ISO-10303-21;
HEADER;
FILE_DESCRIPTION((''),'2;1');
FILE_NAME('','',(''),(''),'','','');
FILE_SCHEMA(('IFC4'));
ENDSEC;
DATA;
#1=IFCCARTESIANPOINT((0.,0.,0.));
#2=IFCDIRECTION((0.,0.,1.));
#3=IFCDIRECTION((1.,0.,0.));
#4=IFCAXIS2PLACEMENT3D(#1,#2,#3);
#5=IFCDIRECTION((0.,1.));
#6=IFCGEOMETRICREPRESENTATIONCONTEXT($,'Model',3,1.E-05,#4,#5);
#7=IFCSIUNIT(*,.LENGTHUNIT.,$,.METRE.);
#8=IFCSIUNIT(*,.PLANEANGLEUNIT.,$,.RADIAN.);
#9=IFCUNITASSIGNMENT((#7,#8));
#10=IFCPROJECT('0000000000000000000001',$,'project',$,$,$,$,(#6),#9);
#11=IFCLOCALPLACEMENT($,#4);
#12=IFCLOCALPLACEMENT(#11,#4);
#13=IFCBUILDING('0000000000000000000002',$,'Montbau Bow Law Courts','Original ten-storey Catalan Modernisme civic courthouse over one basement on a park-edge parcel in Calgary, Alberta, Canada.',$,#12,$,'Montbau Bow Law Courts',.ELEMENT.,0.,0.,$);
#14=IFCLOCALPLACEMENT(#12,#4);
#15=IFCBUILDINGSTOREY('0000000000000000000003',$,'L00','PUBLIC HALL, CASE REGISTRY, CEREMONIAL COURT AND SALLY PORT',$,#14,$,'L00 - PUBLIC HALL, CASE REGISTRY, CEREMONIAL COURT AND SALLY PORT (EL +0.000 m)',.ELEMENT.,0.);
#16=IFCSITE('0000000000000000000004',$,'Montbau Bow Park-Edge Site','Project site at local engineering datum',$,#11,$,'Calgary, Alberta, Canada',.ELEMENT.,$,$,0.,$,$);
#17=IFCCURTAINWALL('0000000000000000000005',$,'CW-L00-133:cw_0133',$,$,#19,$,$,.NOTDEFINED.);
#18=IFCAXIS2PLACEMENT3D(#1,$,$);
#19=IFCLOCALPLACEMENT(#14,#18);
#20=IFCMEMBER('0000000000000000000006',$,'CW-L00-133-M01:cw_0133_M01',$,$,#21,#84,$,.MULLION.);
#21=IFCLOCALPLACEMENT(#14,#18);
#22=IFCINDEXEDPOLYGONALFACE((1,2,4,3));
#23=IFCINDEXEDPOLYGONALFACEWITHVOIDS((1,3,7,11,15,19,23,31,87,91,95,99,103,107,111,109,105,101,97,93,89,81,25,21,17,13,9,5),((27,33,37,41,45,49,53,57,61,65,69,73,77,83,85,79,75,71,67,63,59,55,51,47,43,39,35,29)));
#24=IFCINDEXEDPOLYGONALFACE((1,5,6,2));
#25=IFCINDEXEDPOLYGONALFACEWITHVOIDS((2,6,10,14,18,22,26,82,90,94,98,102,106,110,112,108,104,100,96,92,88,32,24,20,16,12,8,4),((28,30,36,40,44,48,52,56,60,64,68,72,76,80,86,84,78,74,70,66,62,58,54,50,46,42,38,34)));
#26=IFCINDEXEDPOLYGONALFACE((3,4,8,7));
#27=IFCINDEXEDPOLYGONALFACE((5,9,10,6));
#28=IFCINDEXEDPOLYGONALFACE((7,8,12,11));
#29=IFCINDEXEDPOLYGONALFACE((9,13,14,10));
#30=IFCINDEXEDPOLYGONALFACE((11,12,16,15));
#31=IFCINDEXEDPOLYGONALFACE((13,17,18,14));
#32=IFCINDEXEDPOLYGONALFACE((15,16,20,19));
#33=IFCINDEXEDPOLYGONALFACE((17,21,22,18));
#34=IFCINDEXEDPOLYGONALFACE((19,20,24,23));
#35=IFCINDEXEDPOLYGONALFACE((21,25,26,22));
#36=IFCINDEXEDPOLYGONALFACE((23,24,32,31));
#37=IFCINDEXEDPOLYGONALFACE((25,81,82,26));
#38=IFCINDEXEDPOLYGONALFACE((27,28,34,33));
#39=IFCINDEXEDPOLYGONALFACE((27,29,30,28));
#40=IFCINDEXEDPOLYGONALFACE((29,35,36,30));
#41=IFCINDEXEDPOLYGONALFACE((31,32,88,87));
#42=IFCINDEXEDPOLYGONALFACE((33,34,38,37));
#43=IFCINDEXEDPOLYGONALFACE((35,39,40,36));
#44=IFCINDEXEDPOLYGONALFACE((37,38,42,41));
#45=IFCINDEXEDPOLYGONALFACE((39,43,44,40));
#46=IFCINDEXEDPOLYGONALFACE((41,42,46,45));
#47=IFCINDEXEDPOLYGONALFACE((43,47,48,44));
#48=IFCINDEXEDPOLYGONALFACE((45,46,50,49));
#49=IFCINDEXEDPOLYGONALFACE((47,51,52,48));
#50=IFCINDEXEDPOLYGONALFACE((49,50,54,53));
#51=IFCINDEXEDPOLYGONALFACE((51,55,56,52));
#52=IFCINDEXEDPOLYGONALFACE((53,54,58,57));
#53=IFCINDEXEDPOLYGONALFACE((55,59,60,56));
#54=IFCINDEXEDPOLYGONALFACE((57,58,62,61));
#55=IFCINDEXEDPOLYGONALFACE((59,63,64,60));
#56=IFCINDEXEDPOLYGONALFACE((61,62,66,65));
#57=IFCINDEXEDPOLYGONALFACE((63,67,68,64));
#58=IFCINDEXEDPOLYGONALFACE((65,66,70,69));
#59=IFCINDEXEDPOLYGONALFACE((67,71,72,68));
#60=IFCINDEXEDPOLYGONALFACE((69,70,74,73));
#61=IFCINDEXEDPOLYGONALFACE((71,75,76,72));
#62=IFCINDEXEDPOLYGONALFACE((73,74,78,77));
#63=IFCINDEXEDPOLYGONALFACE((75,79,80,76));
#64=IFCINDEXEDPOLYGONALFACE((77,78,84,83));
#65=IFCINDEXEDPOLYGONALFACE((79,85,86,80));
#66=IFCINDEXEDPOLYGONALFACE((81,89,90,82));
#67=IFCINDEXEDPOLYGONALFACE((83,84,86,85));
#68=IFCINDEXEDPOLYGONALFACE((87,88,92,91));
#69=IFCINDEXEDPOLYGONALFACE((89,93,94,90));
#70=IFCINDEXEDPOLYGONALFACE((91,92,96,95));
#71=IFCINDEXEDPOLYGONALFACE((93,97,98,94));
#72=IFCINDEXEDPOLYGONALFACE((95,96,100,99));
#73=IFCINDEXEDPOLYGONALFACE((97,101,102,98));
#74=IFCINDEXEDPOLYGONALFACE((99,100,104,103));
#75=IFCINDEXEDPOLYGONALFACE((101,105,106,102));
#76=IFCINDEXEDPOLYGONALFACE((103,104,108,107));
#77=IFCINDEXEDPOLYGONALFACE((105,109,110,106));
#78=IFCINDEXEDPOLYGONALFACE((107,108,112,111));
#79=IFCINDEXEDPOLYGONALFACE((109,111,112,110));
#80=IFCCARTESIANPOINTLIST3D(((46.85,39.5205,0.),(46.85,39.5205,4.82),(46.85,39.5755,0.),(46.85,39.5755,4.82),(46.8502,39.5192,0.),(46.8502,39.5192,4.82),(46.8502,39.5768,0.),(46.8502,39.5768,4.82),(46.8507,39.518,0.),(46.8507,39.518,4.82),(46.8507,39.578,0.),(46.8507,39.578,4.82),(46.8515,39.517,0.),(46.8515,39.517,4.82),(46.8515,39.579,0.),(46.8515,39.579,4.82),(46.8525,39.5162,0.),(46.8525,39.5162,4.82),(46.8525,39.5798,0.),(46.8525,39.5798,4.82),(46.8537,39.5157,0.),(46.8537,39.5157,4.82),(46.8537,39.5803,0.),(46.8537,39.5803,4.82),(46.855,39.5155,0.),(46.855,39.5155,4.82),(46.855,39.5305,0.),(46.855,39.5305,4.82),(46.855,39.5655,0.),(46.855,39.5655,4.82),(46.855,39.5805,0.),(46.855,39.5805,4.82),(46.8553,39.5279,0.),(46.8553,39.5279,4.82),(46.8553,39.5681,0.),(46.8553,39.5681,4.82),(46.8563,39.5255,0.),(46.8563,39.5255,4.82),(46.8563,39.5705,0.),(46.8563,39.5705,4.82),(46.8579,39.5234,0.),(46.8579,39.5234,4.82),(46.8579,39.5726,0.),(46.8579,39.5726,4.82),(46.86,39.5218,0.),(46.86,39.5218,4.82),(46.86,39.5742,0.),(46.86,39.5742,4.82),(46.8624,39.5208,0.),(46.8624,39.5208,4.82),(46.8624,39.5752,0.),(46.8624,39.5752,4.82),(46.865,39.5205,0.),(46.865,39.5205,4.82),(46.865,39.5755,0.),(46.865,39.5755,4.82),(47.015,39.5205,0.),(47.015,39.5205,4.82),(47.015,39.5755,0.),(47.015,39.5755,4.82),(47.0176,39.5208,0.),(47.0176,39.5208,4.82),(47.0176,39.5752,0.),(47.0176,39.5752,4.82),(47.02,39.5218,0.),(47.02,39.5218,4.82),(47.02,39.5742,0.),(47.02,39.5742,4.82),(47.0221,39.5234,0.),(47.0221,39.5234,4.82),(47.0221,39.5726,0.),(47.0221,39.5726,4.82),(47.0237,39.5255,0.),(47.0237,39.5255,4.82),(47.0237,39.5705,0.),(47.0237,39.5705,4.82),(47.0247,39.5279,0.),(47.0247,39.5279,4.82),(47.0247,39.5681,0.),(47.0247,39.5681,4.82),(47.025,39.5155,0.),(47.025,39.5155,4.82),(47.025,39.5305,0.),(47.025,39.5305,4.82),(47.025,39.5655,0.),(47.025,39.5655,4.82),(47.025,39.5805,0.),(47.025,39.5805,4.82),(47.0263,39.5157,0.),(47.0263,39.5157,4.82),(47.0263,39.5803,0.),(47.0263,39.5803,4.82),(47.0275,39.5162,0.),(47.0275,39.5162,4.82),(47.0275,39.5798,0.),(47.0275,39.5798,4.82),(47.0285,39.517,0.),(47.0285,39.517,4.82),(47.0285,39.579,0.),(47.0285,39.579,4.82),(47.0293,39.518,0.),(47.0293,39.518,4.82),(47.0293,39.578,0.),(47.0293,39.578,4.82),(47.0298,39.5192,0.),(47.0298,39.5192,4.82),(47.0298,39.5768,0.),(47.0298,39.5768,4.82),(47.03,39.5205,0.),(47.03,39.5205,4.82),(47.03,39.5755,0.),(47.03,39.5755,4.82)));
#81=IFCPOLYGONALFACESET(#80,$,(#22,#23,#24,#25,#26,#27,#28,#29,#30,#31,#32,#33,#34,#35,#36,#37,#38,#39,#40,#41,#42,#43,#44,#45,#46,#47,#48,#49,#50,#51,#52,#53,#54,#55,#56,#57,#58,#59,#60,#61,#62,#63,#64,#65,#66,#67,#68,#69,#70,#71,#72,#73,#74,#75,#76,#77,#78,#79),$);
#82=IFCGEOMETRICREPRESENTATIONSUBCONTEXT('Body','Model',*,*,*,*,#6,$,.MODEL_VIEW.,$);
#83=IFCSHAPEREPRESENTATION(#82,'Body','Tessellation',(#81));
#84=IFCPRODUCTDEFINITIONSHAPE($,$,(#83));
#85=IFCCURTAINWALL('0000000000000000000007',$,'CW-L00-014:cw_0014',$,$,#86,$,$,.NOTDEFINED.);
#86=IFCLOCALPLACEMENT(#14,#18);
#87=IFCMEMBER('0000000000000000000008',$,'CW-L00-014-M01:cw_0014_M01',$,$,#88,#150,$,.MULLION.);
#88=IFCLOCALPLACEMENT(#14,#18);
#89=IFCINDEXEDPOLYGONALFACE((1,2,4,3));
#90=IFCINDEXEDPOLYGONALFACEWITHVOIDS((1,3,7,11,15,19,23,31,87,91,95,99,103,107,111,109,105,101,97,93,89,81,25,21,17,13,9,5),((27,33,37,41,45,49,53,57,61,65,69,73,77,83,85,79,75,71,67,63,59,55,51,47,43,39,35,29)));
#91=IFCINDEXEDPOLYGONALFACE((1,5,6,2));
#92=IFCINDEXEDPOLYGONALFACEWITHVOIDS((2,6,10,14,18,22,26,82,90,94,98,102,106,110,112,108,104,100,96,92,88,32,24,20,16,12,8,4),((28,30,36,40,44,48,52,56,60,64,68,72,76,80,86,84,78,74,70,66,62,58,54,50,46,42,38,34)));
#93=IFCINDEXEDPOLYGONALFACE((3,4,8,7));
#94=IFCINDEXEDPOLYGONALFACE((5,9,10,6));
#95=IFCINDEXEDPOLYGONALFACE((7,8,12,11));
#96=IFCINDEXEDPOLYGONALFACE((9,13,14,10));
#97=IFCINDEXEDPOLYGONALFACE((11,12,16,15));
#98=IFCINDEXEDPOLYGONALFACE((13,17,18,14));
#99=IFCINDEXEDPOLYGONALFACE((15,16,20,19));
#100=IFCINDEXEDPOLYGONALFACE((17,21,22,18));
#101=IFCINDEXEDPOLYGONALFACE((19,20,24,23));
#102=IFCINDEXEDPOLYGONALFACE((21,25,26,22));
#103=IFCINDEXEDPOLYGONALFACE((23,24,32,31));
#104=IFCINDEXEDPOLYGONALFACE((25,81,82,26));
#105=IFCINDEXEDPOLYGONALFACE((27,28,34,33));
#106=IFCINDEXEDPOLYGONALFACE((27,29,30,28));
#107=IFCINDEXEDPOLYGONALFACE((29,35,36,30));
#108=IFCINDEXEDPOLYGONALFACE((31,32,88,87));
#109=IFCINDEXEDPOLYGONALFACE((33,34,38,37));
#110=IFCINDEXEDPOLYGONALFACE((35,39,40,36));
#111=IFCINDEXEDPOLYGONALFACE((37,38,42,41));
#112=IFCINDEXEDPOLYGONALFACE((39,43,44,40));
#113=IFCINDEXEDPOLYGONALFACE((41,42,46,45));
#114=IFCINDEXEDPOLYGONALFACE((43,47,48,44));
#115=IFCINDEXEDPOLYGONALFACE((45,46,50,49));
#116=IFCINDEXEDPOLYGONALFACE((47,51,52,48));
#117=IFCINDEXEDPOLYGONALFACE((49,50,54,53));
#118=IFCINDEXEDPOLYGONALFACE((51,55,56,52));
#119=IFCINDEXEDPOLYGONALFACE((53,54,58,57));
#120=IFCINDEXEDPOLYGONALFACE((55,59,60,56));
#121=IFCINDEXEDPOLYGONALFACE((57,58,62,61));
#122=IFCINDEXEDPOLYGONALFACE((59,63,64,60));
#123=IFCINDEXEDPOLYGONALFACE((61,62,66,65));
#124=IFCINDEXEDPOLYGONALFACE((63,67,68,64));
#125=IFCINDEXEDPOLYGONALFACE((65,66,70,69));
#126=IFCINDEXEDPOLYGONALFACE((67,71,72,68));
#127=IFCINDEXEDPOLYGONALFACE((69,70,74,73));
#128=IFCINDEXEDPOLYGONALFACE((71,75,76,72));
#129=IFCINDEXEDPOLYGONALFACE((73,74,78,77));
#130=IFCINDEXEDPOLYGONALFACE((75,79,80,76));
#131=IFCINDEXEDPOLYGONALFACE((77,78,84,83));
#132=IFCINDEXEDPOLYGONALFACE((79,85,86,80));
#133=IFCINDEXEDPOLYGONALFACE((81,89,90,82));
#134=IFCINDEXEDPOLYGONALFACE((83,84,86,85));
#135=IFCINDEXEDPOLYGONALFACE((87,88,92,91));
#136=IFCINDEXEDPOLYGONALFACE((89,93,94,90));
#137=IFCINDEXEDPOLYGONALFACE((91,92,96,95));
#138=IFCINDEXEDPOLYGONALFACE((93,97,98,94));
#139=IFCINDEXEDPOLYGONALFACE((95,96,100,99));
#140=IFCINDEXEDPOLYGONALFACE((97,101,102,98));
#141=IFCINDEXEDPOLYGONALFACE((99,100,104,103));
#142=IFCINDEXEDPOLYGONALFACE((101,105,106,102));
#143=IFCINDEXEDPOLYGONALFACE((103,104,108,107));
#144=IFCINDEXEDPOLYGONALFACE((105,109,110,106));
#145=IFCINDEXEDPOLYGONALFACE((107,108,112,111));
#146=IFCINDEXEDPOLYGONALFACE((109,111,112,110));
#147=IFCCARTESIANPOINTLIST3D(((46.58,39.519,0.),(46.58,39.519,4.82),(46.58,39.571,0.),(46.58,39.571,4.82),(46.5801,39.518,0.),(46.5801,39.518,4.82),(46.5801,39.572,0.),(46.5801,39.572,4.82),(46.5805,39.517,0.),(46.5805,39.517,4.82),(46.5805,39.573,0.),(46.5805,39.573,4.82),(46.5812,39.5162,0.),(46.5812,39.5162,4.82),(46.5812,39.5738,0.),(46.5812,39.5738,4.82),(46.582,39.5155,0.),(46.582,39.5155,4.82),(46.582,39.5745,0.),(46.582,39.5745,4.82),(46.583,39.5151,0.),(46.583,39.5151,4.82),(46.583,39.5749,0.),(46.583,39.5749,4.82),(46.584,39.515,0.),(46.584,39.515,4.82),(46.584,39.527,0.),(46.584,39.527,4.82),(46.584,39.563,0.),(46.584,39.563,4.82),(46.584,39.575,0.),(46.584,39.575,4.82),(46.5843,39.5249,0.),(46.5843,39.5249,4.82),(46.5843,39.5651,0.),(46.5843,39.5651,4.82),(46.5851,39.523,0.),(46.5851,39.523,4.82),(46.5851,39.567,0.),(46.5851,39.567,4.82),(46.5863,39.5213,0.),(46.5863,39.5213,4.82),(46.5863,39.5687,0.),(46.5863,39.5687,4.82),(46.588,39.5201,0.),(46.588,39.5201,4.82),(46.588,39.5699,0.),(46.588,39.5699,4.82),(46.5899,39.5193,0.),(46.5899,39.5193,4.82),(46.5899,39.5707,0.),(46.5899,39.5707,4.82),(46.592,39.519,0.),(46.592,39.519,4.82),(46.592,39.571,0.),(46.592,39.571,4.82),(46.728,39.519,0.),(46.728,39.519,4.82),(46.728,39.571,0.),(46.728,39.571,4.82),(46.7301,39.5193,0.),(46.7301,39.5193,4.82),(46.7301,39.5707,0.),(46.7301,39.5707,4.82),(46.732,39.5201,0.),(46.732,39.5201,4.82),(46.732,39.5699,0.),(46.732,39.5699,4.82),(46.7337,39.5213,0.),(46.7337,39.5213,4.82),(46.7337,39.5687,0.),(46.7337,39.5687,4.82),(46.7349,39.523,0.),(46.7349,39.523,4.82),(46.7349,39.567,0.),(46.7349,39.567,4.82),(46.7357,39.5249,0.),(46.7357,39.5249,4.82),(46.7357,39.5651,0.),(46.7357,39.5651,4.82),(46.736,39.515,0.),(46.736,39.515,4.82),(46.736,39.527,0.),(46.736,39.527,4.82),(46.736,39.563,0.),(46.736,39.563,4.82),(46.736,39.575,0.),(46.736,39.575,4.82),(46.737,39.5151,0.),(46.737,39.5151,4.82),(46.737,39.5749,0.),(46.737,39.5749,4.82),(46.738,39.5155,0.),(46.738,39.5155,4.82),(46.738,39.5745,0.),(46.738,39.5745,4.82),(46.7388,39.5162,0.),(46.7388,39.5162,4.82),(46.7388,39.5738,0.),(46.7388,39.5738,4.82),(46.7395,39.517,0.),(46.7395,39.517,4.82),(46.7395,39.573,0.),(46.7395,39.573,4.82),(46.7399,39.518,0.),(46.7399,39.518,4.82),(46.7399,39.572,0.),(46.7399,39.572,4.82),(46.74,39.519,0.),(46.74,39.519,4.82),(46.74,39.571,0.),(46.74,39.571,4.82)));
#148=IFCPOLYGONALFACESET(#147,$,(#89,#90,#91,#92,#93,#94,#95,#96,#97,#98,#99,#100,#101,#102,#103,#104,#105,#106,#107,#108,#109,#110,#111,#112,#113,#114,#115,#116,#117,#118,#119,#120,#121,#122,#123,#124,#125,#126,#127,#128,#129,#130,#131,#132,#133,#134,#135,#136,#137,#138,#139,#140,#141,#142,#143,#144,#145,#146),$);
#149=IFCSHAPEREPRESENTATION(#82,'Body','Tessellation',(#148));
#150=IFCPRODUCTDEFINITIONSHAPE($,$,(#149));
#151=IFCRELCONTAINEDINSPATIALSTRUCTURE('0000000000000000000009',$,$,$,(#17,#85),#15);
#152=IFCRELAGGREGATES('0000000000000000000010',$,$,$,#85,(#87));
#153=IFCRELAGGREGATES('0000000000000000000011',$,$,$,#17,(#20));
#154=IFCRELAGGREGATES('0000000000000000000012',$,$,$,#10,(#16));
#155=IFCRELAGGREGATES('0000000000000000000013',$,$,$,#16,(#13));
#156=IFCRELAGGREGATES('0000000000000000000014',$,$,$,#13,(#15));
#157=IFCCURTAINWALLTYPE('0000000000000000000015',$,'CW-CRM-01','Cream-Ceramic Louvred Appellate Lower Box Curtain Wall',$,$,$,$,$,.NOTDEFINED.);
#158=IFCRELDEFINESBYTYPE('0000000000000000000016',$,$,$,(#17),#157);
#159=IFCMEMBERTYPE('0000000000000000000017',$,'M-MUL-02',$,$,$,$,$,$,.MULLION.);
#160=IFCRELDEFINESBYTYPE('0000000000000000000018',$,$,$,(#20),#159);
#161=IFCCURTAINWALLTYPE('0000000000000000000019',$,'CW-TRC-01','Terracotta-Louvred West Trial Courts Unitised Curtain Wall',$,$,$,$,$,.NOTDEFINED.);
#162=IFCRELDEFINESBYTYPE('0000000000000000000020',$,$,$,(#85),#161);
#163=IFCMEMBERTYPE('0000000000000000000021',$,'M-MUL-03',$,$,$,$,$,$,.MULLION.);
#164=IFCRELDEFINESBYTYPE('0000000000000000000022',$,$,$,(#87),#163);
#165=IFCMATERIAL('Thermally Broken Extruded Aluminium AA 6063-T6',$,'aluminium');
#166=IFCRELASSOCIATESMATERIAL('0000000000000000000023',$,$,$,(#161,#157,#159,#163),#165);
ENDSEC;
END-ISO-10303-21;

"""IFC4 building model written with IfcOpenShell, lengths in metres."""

from ifc_helpers import new_model, si_unit, direction, frame, origin_with_axes, origin_2d_with_axis, place, context, subcontext, project, spatial, hollow_rectangle, extrude, material, material_profile, profile_set, type_object, element, aggregate, save


model = new_model("IFC4")

# Units and contexts
model_context = context("Model", 3, precision=1e-05, world=origin_with_axes(), true_north=direction((0.0, 1.0)))
body_context = subcontext(model_context, "Body", "Model", "MODEL_VIEW")
ifc_project = project(units=[si_unit("LENGTHUNIT", "METRE"), si_unit("PLANEANGLEUNIT", "RADIAN")], contexts=[model_context])

# Site, building, storey
site_placement = place(None, origin_with_axes())
site = spatial("IfcSite", under=ifc_project, at=site_placement, Name="Montbau Bow Park-Edge Site", Description="Project site at local engineering datum", LongName="Calgary, Alberta, Canada", CompositionType="ELEMENT", RefElevation=0.0)
building_placement = place(site_placement, origin_with_axes())
building = spatial("IfcBuilding", under=site, at=building_placement, Name="Montbau Bow Law Courts", Description="Original ten-storey Catalan Modernisme civic courthouse over one basement on a park-edge parcel in Calgary, Alberta, Canada.", LongName="Montbau Bow Law Courts", CompositionType="ELEMENT", ElevationOfRefHeight=0.0, ElevationOfTerrain=0.0)
storey_placement = place(building_placement, origin_with_axes())
storey = spatial("IfcBuildingStorey", under=building, at=storey_placement, Name="L00", Description="PUBLIC HALL, CASE REGISTRY, CEREMONIAL COURT AND SALLY PORT", LongName="L00 - PUBLIC HALL, CASE REGISTRY, CEREMONIAL COURT AND SALLY PORT (EL +0.000 m)", CompositionType="ELEMENT", Elevation=0.0)

# Curtain wall, member
ifc_material_1 = material(Name="Thermally Broken Extruded Aluminium AA 6063-T6", Category="aluminium")
curtain_wall_type_1 = type_object("IfcCurtainWallType", Name="CW-TRC-01", Description="Terracotta-Louvred West Trial Courts Unitised Curtain Wall", PredefinedType="NOTDEFINED", material=ifc_material_1)
ifc_material_profile_1 = material_profile(ifc_material_1, hollow_rectangle(XDim=0.065, YDim=0.18, WallThickness=0.005, InnerFilletRadius=0.01, OuterFilletRadius=0.005, at=origin_2d_with_axis()), Name="CWM-180X65", Category="Main", Priority=0)
ifc_profile_set_1 = profile_set([ifc_material_profile_1], Name="Thermally Broken Extruded Aluminium AA 6063-T6")
member_type_1 = type_object("IfcMemberType", Name="M-MUL-02", PredefinedType="MULLION", material=ifc_profile_set_1)
curtain_wall_type_2 = type_object("IfcCurtainWallType", Name="CW-CRM-01", Description="Cream-Ceramic Louvred Appellate Lower Box Curtain Wall", PredefinedType="NOTDEFINED", material=ifc_material_1)
curtain_wall_1_placement = place(None, frame((46.94, 39.515, 0.0), z_axis=(0.0, 0.0, 1.0), x_axis=(1.0, 0.0, 0.0)))
curtain_wall_1 = element("IfcCurtainWall", 1, at=curtain_wall_1_placement, inside=storey, type_object=curtain_wall_type_2, Name="CW-L00-133:cw_0133", PredefinedType="NOTDEFINED")
member_1_placement = place(None, frame((46.94, 39.548, 0.0), z_axis=(0.0, 0.0, 1.0), x_axis=(0.0, 1.0, 0.0)))
member_1 = element("IfcMember", 2, at=member_1_placement, type_object=member_type_1, Name="CW-L00-133-M01:cw_0133_M01", PredefinedType="MULLION", context=body_context, shape_type="SweptSolid", body=[
    extrude(hollow_rectangle(XDim=0.065, YDim=0.18, WallThickness=0.005, InnerFilletRadius=0.01, OuterFilletRadius=0.005, at=origin_2d_with_axis()), origin_with_axes(), (0.0, 0.0, 1.0), 4.82),
])

# Curtain wall, member
curtain_wall_2_placement = place(None, frame((46.66, 39.515, 0.0), z_axis=(0.0, 0.0, 1.0), x_axis=(1.0, 0.0, 0.0)))
curtain_wall_2 = element("IfcCurtainWall", 3, at=curtain_wall_2_placement, inside=storey, type_object=curtain_wall_type_1, Name="CW-L00-014:cw_0014", PredefinedType="NOTDEFINED")
ifc_material_profile_2 = material_profile(ifc_material_1, hollow_rectangle(XDim=0.06, YDim=0.16, WallThickness=0.004, InnerFilletRadius=0.008, OuterFilletRadius=0.004, at=origin_2d_with_axis()), Name="CWM-160X60", Category="Main", Priority=0)
ifc_profile_set_2 = profile_set([ifc_material_profile_2], Name="Thermally Broken Extruded Aluminium AA 6063-T6")
member_type_2 = type_object("IfcMemberType", Name="M-MUL-03", PredefinedType="MULLION", material=ifc_profile_set_2)
member_2_placement = place(None, frame((46.66, 39.545, 0.0), z_axis=(0.0, 0.0, 1.0), x_axis=(0.0, 1.0, 0.0)))
member_2 = element("IfcMember", 4, at=member_2_placement, type_object=member_type_2, Name="CW-L00-014-M01:cw_0014_M01", PredefinedType="MULLION", context=body_context, shape_type="SweptSolid", body=[
    extrude(hollow_rectangle(XDim=0.06, YDim=0.16, WallThickness=0.004, InnerFilletRadius=0.008, OuterFilletRadius=0.004, at=origin_2d_with_axis()), origin_with_axes(), (0.0, 0.0, 1.0), 4.82),
])

aggregate(curtain_wall_2, [member_2])
aggregate(curtain_wall_1, [member_1])

save(model, "model.ifc")
